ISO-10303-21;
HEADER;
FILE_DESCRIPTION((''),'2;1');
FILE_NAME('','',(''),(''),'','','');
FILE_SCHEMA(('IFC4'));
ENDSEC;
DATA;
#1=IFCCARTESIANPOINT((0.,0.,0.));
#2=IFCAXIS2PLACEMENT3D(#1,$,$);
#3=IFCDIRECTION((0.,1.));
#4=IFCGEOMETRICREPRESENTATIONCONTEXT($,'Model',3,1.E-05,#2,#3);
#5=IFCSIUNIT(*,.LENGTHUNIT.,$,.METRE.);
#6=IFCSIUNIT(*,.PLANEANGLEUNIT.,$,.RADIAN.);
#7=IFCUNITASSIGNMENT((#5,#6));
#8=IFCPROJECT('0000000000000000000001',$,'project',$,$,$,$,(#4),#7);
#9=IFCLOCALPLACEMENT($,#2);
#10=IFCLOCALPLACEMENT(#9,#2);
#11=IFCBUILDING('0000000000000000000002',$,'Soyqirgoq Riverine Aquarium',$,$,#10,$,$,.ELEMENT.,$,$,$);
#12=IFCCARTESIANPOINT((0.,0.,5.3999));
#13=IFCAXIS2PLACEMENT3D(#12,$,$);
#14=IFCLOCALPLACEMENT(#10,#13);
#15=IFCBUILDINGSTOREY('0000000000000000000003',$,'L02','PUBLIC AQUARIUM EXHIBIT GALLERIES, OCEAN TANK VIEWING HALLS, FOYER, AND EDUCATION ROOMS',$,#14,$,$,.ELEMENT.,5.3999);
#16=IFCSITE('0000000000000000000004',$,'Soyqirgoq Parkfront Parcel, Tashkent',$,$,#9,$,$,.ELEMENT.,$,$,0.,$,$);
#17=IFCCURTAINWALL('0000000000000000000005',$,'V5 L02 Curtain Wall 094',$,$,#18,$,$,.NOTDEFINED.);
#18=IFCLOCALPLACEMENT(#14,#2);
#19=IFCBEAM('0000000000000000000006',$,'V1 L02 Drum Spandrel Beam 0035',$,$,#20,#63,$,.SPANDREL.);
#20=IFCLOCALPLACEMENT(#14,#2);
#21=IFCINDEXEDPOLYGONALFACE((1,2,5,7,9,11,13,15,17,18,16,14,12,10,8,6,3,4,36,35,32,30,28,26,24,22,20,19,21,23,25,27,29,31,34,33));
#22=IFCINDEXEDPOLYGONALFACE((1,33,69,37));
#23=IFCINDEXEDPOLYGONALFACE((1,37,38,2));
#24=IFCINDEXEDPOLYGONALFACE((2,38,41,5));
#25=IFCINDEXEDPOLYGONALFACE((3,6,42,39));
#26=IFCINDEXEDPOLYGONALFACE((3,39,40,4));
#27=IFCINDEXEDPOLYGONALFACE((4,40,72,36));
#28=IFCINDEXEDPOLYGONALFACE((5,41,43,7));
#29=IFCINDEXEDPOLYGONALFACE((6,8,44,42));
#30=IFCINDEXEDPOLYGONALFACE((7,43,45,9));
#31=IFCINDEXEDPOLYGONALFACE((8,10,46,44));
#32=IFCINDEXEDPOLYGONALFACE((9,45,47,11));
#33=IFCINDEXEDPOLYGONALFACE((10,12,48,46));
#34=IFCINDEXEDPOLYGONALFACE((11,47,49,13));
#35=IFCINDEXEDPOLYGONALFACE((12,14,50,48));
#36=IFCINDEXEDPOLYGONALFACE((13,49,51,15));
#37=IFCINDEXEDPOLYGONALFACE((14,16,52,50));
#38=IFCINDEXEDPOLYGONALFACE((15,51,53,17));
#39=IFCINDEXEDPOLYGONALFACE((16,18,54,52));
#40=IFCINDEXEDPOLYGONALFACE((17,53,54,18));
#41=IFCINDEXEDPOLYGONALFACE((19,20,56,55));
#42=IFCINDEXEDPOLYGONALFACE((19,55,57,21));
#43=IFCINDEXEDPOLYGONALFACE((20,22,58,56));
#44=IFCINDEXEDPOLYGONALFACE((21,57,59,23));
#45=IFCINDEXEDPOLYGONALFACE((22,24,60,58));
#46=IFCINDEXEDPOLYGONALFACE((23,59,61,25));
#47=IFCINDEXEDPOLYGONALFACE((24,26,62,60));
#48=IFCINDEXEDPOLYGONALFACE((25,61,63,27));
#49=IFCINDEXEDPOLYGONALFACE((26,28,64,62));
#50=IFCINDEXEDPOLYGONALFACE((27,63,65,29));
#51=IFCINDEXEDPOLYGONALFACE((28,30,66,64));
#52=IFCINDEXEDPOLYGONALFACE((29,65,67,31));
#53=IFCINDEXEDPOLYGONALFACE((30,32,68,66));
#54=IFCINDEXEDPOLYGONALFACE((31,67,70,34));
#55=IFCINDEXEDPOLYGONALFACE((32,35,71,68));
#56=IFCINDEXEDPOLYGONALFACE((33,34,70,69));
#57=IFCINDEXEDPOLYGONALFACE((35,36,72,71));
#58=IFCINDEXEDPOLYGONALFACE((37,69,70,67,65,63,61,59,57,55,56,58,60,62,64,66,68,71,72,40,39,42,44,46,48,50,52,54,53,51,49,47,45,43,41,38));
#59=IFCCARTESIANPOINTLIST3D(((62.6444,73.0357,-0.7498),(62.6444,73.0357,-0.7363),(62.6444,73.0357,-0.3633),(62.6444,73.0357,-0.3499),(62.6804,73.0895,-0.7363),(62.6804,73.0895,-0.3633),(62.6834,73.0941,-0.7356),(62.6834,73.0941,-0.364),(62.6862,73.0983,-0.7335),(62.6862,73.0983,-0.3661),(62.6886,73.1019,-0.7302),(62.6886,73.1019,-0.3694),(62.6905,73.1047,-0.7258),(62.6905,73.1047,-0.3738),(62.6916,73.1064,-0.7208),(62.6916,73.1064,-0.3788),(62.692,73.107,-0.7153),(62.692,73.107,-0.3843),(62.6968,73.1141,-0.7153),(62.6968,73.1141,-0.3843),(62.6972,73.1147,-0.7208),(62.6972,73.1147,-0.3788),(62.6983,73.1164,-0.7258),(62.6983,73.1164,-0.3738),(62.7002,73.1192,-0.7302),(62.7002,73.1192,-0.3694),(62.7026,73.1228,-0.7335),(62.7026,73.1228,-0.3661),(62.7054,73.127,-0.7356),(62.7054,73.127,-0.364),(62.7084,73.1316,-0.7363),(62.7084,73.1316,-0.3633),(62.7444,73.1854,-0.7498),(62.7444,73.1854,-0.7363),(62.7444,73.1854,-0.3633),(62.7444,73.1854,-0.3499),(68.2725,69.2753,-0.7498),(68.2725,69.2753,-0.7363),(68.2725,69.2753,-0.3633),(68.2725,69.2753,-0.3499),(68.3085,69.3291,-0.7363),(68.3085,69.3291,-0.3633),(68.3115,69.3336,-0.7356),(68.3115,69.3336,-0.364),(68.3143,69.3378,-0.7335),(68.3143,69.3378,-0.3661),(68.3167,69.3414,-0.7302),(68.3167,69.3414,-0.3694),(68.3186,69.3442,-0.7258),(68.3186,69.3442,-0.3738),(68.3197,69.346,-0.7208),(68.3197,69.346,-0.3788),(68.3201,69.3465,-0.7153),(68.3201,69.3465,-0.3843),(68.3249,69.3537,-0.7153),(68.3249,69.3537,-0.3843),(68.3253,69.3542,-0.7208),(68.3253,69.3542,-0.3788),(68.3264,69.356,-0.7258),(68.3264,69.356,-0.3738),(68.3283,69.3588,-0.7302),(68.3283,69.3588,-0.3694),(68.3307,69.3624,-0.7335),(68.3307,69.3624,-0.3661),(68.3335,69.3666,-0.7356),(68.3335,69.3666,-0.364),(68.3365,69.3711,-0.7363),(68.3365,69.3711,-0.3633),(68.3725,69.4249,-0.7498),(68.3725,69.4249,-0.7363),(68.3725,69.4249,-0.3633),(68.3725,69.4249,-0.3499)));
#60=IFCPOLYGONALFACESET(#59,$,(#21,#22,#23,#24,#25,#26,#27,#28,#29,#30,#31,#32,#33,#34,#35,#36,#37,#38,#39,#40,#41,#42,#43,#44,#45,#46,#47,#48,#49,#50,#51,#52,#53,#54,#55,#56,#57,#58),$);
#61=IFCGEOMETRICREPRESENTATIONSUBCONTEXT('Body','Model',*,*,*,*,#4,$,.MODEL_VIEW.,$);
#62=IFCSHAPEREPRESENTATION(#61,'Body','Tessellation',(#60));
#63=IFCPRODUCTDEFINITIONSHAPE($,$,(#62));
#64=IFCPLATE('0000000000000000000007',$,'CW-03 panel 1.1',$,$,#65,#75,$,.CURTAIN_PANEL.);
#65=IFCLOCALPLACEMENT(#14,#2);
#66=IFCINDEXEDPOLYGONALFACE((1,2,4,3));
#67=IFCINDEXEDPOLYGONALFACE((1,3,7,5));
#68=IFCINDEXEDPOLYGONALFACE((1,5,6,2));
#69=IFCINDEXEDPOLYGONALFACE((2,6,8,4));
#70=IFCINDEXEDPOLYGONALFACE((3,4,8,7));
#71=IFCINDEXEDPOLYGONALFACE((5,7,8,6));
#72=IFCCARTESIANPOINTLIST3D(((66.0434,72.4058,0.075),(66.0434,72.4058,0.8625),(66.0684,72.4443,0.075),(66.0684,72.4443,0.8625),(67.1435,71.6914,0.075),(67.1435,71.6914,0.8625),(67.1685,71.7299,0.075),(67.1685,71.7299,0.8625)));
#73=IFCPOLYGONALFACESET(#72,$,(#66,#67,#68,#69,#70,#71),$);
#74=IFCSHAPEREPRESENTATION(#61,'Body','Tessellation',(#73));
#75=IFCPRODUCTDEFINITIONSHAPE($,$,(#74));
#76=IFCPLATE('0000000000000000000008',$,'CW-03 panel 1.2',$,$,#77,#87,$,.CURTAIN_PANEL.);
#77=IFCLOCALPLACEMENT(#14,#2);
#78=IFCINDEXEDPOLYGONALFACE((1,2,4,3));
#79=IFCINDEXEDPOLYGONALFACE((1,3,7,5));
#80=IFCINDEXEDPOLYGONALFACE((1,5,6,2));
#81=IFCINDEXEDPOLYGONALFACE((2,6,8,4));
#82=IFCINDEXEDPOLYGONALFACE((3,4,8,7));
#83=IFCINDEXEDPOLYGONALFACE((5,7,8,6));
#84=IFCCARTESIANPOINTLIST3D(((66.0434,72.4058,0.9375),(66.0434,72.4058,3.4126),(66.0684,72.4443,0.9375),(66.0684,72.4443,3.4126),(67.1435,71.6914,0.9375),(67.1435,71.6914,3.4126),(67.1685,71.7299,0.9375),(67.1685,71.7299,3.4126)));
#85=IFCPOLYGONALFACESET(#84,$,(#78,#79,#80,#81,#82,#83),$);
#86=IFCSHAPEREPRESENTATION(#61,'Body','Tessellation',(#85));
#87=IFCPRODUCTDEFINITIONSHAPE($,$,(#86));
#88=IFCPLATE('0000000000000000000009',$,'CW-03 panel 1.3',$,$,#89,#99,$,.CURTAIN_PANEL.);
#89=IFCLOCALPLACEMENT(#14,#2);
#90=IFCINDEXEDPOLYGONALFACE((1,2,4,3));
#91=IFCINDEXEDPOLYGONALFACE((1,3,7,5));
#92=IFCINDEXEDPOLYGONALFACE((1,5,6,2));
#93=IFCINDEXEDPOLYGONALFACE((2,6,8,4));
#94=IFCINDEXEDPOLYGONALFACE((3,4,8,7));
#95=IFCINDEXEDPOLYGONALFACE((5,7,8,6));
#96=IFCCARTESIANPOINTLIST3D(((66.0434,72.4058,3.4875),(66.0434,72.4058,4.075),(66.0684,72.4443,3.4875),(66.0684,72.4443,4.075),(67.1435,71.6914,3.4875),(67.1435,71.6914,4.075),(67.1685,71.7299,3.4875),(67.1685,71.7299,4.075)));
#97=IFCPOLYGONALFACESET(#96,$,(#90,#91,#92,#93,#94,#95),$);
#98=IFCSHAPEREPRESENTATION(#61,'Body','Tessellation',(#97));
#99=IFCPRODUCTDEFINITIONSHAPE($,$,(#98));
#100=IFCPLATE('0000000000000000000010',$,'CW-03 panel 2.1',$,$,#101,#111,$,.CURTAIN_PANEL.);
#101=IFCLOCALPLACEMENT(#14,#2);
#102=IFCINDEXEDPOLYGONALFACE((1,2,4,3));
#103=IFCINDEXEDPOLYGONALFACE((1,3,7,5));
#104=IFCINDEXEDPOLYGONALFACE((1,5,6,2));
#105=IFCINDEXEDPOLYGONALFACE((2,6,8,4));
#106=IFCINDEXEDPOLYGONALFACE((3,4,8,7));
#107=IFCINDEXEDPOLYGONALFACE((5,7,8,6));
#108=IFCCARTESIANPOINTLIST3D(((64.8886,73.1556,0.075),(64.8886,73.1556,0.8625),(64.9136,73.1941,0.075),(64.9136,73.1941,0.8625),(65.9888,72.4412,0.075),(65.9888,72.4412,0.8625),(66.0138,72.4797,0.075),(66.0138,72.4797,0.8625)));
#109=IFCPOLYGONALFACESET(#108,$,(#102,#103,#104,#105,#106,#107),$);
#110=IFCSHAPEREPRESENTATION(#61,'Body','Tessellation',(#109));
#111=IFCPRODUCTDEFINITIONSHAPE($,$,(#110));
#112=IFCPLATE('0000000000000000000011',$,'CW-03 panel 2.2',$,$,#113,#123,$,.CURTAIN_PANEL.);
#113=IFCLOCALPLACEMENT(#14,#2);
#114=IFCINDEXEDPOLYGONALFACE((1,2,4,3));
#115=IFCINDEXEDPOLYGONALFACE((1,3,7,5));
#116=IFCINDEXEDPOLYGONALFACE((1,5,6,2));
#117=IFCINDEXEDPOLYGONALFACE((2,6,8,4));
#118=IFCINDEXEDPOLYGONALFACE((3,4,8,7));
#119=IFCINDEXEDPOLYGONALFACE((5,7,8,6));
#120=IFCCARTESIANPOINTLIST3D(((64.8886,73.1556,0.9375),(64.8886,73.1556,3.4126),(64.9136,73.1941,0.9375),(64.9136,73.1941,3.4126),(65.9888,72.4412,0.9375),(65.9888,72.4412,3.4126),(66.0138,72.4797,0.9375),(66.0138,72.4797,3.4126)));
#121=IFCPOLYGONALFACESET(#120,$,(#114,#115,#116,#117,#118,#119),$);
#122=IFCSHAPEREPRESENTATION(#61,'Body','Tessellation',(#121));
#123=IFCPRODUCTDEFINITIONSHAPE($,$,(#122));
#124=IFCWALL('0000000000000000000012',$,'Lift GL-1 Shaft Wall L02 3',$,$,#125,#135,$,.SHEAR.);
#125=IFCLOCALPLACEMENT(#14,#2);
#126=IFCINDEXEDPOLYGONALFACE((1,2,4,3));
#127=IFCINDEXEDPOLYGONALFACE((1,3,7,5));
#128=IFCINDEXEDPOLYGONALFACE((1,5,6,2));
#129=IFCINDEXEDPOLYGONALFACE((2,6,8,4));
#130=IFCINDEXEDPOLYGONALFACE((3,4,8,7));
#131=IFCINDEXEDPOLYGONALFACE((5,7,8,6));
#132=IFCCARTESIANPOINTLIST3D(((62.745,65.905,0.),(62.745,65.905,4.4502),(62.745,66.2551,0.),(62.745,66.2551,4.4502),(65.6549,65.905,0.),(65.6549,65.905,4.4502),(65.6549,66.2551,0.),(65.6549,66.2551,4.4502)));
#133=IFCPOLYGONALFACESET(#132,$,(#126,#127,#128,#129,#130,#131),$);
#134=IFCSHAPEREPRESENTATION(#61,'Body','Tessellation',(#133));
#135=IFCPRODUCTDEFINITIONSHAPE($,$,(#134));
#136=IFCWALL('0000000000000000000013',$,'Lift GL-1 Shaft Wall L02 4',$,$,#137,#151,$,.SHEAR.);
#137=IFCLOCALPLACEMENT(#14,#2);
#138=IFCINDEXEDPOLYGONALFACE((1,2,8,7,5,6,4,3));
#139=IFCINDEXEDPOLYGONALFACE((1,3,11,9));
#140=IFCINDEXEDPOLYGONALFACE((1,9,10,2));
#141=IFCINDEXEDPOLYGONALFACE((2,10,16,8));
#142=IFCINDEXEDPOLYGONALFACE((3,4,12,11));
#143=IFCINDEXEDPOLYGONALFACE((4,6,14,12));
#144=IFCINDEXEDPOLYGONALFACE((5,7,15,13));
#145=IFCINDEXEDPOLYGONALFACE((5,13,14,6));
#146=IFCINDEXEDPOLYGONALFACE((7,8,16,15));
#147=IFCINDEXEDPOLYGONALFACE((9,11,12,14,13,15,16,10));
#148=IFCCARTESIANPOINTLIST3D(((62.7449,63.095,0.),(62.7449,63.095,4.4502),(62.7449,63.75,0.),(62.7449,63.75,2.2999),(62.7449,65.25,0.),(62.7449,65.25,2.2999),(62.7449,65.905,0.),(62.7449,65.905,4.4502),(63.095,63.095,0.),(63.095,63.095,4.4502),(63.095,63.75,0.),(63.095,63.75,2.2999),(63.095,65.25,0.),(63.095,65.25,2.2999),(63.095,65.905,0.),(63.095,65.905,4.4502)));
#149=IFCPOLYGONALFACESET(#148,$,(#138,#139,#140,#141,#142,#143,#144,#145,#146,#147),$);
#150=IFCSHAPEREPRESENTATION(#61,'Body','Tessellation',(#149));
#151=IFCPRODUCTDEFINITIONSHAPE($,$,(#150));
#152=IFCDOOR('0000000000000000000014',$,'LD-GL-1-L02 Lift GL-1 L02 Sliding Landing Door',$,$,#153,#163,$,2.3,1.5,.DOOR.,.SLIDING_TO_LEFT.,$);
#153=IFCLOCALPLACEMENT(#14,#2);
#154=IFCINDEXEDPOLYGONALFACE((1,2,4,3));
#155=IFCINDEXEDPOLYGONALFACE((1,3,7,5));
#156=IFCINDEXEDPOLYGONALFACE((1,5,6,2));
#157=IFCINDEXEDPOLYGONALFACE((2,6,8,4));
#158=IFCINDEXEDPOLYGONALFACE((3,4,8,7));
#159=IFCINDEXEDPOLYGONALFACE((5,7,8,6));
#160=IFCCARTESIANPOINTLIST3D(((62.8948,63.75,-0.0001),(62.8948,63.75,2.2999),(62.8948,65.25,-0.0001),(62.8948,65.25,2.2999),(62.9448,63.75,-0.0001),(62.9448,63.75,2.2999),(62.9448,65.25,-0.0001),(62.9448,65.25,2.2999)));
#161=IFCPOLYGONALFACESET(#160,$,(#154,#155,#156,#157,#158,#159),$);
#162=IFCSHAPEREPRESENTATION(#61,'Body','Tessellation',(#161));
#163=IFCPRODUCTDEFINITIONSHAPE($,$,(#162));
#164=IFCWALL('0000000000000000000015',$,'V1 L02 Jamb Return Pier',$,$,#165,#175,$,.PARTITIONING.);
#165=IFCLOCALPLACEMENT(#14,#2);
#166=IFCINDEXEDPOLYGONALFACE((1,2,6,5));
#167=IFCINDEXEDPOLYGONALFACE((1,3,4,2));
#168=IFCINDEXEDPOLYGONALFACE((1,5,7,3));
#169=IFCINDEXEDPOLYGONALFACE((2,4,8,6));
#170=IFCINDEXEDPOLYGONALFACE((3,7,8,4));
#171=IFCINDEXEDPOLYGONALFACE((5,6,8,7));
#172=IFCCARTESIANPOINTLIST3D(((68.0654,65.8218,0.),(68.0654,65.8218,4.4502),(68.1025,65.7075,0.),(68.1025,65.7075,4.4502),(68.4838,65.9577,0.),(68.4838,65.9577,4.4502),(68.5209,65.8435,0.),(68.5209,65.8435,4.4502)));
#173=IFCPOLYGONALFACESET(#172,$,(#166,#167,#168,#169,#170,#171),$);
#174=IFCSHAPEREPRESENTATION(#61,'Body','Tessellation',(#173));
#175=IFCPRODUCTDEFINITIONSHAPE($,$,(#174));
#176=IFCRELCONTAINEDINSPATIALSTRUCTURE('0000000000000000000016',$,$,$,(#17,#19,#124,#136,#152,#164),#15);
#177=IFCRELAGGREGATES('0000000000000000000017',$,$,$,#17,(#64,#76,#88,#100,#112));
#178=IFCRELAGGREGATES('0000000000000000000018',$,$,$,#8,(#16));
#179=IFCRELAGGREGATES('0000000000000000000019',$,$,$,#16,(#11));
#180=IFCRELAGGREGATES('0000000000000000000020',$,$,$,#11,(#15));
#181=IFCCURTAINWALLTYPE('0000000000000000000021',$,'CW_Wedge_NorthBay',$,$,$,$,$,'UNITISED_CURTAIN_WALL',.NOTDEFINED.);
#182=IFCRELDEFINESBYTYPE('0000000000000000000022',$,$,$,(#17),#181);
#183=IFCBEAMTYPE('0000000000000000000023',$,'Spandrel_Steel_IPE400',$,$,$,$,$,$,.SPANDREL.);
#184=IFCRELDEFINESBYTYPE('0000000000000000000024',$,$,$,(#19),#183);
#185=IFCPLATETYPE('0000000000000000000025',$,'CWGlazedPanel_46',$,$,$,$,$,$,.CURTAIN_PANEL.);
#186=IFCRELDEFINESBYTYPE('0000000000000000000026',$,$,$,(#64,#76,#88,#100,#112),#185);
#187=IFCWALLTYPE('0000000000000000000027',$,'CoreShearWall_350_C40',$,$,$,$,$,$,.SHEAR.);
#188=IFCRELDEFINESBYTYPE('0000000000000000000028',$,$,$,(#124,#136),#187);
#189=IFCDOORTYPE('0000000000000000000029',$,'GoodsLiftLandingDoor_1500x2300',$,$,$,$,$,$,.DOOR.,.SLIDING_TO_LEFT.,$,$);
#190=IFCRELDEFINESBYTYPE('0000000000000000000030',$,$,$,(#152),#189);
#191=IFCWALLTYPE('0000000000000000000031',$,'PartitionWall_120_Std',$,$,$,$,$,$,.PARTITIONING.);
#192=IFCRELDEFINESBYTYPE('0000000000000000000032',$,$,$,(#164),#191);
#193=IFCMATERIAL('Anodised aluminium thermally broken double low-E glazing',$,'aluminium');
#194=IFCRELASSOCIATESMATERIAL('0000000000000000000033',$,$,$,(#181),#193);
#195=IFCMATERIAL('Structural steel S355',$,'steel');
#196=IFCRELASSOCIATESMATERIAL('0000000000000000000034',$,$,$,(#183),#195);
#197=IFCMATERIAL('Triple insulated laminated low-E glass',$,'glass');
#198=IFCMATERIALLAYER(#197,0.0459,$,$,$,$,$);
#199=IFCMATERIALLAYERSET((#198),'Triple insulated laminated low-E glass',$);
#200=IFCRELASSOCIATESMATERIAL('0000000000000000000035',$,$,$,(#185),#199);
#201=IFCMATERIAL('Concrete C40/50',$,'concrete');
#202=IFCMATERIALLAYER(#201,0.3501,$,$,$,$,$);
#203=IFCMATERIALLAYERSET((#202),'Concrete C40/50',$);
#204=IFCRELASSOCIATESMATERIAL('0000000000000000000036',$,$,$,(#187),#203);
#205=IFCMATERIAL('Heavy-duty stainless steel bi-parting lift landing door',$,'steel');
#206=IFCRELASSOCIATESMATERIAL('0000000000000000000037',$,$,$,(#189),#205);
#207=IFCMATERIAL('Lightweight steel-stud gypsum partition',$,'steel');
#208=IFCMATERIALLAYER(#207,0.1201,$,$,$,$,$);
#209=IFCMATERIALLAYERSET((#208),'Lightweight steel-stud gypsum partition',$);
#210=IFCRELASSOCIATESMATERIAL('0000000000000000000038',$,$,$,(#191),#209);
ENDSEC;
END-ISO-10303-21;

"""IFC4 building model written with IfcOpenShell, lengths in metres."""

from ifc_helpers import new_model, si_unit, direction, frame, frame_2d, origin, origin_2d, place, context, subcontext, project, spatial, rectangle, i_section, extrude, material, layer, layer_set, material_profile, profile_set, type_object, element, fill, aggregate, save


model = new_model("IFC4")

# Units and contexts
model_context = context("Model", 3, precision=1e-05, world=origin(), true_north=direction((0.0, 1.0)))
body_context = subcontext(model_context, "Body", "Model", "MODEL_VIEW")
ifc_project = project(units=[si_unit("LENGTHUNIT", "METRE"), si_unit("PLANEANGLEUNIT", "RADIAN")], contexts=[model_context])

# Site, building, storey
site_placement = place(None, origin())
site = spatial("IfcSite", under=ifc_project, at=site_placement, Name="Soyqirgoq Parkfront Parcel, Tashkent", CompositionType="ELEMENT", RefElevation=0.0)
building_placement = place(site_placement, origin())
building = spatial("IfcBuilding", under=site, at=building_placement, Name="Soyqirgoq Riverine Aquarium", CompositionType="ELEMENT")
storey_placement = place(building_placement, frame((0.0, 0.0, 5.3999)))
storey = spatial("IfcBuildingStorey", under=building, at=storey_placement, Name="L02", Description="PUBLIC AQUARIUM EXHIBIT GALLERIES, OCEAN TANK VIEWING HALLS, FOYER, AND EDUCATION ROOMS", CompositionType="ELEMENT", Elevation=5.3999)

# Curtain wall
ifc_material_1 = material(Name="Anodised aluminium thermally broken double low-E glazing", Category="aluminium")
curtain_wall_type = type_object("IfcCurtainWallType", Name="CW_Wedge_NorthBay", ElementType="UNITISED_CURTAIN_WALL", PredefinedType="NOTDEFINED", material=ifc_material_1)
curtain_wall_placement = place(storey_placement, origin())
curtain_wall = element("IfcCurtainWall", 1, at=curtain_wall_placement, inside=storey, type_object=curtain_wall_type, Name="V5 L02 Curtain Wall 094", PredefinedType="NOTDEFINED")

# Beam
ifc_material_2 = material(Name="Structural steel S355", Category="steel")
ifc_material_profile_1 = material_profile(ifc_material_2, i_section(OverallWidth=0.1799, OverallDepth=0.3999, WebThickness=0.0085, FlangeThickness=0.0134, FilletRadius=0.021, at=origin_2d()), Name="IPE 400")
ifc_profile_set_1 = profile_set([ifc_material_profile_1], Name="Structural steel S355")
beam_type_1 = type_object("IfcBeamType", Name="Spandrel_Steel_IPE400", PredefinedType="SPANDREL", material=ifc_profile_set_1)
beam_1_placement = place(storey_placement, frame((68.3225, 69.3501, -0.5498), z_axis=(-0.831478, 0.555557, 0.0), x_axis=(-0.555557, -0.831478, 0.0)))
element("IfcBeam", 2, at=beam_1_placement, inside=storey, type_object=beam_type_1, Name="V1 L02 Drum Spandrel Beam 0035", PredefinedType="SPANDREL", context=body_context, shape_type="SweptSolid", body=[
    extrude(i_section(OverallWidth=0.1799, OverallDepth=0.3999, WebThickness=0.0085, FlangeThickness=0.0134, FilletRadius=0.021, at=origin_2d()), origin(), (0.0, 0.0, 1.0), 6.7688),
])

# Plates
ifc_material_3 = material(Name="Triple insulated laminated low-E glass", Category="glass")
ifc_layer_1 = layer(ifc_material_3, 0.0459)
ifc_layer_set_1 = layer_set([ifc_layer_1], Name="Triple insulated laminated low-E glass")
plate_type = type_object("IfcPlateType", Name="CWGlazedPanel_46", PredefinedType="CURTAIN_PANEL", material=ifc_layer_set_1)
plate_1_placement = place(storey_placement, frame((66.606, 72.0679, 0.075), z_axis=(0.0, 0.0, 1.0), x_axis=(-0.838688, 0.544613, 0.0)))
plate_1 = element("IfcPlate", 3, at=plate_1_placement, type_object=plate_type, Name="CW-03 panel 1.1", PredefinedType="CURTAIN_PANEL", context=body_context, shape_type="SweptSolid", body=[
    extrude(rectangle(XDim=1.3118, YDim=0.0459, at=origin_2d()), origin(), (0.0, 0.0, 1.0), 0.7876),
])
plate_2_placement = place(storey_placement, frame((66.606, 72.0679, 0.9375), z_axis=(0.0, 0.0, 1.0), x_axis=(-0.838688, 0.544613, 0.0)))
plate_2 = element("IfcPlate", 4, at=plate_2_placement, type_object=plate_type, Name="CW-03 panel 1.2", PredefinedType="CURTAIN_PANEL", context=body_context, shape_type="SweptSolid", body=[
    extrude(rectangle(XDim=1.3118, YDim=0.0459, at=origin_2d()), origin(), (0.0, 0.0, 1.0), 2.4751),
])
plate_3_placement = place(storey_placement, frame((66.606, 72.0679, 3.4875), z_axis=(0.0, 0.0, 1.0), x_axis=(-0.838688, 0.544613, 0.0)))
plate_3 = element("IfcPlate", 5, at=plate_3_placement, type_object=plate_type, Name="CW-03 panel 1.3", PredefinedType="CURTAIN_PANEL", context=body_context, shape_type="SweptSolid", body=[
    extrude(rectangle(XDim=1.3118, YDim=0.0459, at=origin_2d()), origin(), (0.0, 0.0, 1.0), 0.5874),
])
plate_4_placement = place(storey_placement, frame((65.4512, 72.8176, 0.075), z_axis=(0.0, 0.0, 1.0), x_axis=(-0.838688, 0.544613, 0.0)))
plate_4 = element("IfcPlate", 6, at=plate_4_placement, type_object=plate_type, Name="CW-03 panel 2.1", PredefinedType="CURTAIN_PANEL", context=body_context, shape_type="SweptSolid", body=[
    extrude(rectangle(XDim=1.3118, YDim=0.0459, at=origin_2d()), origin(), (0.0, 0.0, 1.0), 0.7876),
])
plate_5_placement = place(storey_placement, frame((65.4512, 72.8176, 0.9375), z_axis=(0.0, 0.0, 1.0), x_axis=(-0.838688, 0.544613, 0.0)))
plate_5 = element("IfcPlate", 7, at=plate_5_placement, type_object=plate_type, Name="CW-03 panel 2.2", PredefinedType="CURTAIN_PANEL", context=body_context, shape_type="SweptSolid", body=[
    extrude(rectangle(XDim=1.3118, YDim=0.0459, at=origin_2d()), origin(), (0.0, 0.0, 1.0), 2.4751),
])
aggregate(curtain_wall, [plate_1, plate_2, plate_3, plate_4, plate_5])

# Wall
ifc_material_4 = material(Name="Concrete C40/50", Category="concrete")
ifc_layer_2 = layer(ifc_material_4, 0.3501)
ifc_layer_set_2 = layer_set([ifc_layer_2], Name="Concrete C40/50")
wall_type_1 = type_object("IfcWallType", Name="CoreShearWall_350_C40", PredefinedType="SHEAR", material=ifc_layer_set_2)
wall_1_placement = place(storey_placement, frame((65.655, 66.0801, 0.0), z_axis=(0.0, 0.0, 1.0), x_axis=(-1.0, 0.0, 0.0)))
element("IfcWall", 8, at=wall_1_placement, inside=storey, type_object=wall_type_1, Name="Lift GL-1 Shaft Wall L02 3", PredefinedType="SHEAR", context=body_context, shape_type="SweptSolid", body=[
    extrude(rectangle(XDim=2.9099, YDim=0.3501, at=frame_2d((1.4551, 0.0))), origin(), (0.0, 0.0, 1.0), 4.4502),
])

# Wall, opening, door
wall_2_placement = place(storey_placement, frame((62.9199, 65.905, 0.0), z_axis=(0.0, 0.0, 1.0), x_axis=(0.0, -1.0, 0.0)))
wall_2 = element("IfcWall", 9, at=wall_2_placement, inside=storey, type_object=wall_type_1, Name="Lift GL-1 Shaft Wall L02 4", PredefinedType="SHEAR", context=body_context, shape_type="SweptSolid", body=[
    extrude(rectangle(XDim=2.8101, YDim=0.3501, at=frame_2d((1.405, 0.0))), origin(), (0.0, 0.0, 1.0), 4.4502),
])
opening_1_placement = place(wall_2_placement, frame((0.655, 0.0, 0.0)))
opening_1 = element("IfcOpeningElement", 10, at=opening_1_placement, cuts=wall_2, PredefinedType="OPENING", context=body_context, shape_type="SweptSolid", body=[
    extrude(rectangle(XDim=1.5, YDim=2.3, at=frame_2d((0.75, 1.1499))), frame((0.0, 0.1851, 0.0), z_axis=(0.0, -1.0, 0.0), x_axis=(1.0, 0.0, 0.0)), (0.0, 0.0, 1.0), 0.3701),
])
ifc_material_5 = material(Name="Heavy-duty stainless steel bi-parting lift landing door", Category="steel")
door_type_1 = type_object("IfcDoorType", Name="GoodsLiftLandingDoor_1500x2300", OperationType="SLIDING_TO_LEFT", PredefinedType="DOOR", material=ifc_material_5)
door_1_placement = place(opening_1_placement, origin())
door_1 = element("IfcDoor", 11, at=door_1_placement, inside=storey, type_object=door_type_1, Name="LD-GL-1-L02 Lift GL-1 L02 Sliding Landing Door", OperationType="SLIDING_TO_LEFT", OverallHeight=2.3, OverallWidth=1.5, PredefinedType="DOOR", context=body_context, shape_type="SweptSolid", body=[
    extrude(rectangle(XDim=1.5, YDim=2.3, at=frame_2d((0.75, 1.1499))), frame((0.0, 0.0249, 0.0), z_axis=(0.0, -1.0, 0.0), x_axis=(1.0, 0.0, 0.0)), (0.0, 0.0, 1.0), 0.05),
])
fill(opening_1, door_1)

# Wall
ifc_material_6 = material(Name="Lightweight steel-stud gypsum partition", Category="steel")
ifc_layer_3 = layer(ifc_material_6, 0.1201)
ifc_layer_set_3 = layer_set([ifc_layer_3], Name="Lightweight steel-stud gypsum partition")
wall_type_2 = type_object("IfcWallType", Name="PartitionWall_120_Std", PredefinedType="PARTITIONING", material=ifc_layer_set_3)
wall_3_placement = place(storey_placement, frame((68.084, 65.7646, 0.0), z_axis=(0.0, 0.0, 1.0), x_axis=(0.951042, 0.309061, 0.0)))
element("IfcWall", 12, at=wall_3_placement, inside=storey, type_object=wall_type_2, Name="V1 L02 Jamb Return Pier", PredefinedType="PARTITIONING", context=body_context, shape_type="SweptSolid", body=[
    extrude(rectangle(XDim=0.4399, YDim=0.1201, at=frame_2d((0.22, 0.0))), origin(), (0.0, 0.0, 1.0), 4.4502),
])

save(model, "model.ifc")
